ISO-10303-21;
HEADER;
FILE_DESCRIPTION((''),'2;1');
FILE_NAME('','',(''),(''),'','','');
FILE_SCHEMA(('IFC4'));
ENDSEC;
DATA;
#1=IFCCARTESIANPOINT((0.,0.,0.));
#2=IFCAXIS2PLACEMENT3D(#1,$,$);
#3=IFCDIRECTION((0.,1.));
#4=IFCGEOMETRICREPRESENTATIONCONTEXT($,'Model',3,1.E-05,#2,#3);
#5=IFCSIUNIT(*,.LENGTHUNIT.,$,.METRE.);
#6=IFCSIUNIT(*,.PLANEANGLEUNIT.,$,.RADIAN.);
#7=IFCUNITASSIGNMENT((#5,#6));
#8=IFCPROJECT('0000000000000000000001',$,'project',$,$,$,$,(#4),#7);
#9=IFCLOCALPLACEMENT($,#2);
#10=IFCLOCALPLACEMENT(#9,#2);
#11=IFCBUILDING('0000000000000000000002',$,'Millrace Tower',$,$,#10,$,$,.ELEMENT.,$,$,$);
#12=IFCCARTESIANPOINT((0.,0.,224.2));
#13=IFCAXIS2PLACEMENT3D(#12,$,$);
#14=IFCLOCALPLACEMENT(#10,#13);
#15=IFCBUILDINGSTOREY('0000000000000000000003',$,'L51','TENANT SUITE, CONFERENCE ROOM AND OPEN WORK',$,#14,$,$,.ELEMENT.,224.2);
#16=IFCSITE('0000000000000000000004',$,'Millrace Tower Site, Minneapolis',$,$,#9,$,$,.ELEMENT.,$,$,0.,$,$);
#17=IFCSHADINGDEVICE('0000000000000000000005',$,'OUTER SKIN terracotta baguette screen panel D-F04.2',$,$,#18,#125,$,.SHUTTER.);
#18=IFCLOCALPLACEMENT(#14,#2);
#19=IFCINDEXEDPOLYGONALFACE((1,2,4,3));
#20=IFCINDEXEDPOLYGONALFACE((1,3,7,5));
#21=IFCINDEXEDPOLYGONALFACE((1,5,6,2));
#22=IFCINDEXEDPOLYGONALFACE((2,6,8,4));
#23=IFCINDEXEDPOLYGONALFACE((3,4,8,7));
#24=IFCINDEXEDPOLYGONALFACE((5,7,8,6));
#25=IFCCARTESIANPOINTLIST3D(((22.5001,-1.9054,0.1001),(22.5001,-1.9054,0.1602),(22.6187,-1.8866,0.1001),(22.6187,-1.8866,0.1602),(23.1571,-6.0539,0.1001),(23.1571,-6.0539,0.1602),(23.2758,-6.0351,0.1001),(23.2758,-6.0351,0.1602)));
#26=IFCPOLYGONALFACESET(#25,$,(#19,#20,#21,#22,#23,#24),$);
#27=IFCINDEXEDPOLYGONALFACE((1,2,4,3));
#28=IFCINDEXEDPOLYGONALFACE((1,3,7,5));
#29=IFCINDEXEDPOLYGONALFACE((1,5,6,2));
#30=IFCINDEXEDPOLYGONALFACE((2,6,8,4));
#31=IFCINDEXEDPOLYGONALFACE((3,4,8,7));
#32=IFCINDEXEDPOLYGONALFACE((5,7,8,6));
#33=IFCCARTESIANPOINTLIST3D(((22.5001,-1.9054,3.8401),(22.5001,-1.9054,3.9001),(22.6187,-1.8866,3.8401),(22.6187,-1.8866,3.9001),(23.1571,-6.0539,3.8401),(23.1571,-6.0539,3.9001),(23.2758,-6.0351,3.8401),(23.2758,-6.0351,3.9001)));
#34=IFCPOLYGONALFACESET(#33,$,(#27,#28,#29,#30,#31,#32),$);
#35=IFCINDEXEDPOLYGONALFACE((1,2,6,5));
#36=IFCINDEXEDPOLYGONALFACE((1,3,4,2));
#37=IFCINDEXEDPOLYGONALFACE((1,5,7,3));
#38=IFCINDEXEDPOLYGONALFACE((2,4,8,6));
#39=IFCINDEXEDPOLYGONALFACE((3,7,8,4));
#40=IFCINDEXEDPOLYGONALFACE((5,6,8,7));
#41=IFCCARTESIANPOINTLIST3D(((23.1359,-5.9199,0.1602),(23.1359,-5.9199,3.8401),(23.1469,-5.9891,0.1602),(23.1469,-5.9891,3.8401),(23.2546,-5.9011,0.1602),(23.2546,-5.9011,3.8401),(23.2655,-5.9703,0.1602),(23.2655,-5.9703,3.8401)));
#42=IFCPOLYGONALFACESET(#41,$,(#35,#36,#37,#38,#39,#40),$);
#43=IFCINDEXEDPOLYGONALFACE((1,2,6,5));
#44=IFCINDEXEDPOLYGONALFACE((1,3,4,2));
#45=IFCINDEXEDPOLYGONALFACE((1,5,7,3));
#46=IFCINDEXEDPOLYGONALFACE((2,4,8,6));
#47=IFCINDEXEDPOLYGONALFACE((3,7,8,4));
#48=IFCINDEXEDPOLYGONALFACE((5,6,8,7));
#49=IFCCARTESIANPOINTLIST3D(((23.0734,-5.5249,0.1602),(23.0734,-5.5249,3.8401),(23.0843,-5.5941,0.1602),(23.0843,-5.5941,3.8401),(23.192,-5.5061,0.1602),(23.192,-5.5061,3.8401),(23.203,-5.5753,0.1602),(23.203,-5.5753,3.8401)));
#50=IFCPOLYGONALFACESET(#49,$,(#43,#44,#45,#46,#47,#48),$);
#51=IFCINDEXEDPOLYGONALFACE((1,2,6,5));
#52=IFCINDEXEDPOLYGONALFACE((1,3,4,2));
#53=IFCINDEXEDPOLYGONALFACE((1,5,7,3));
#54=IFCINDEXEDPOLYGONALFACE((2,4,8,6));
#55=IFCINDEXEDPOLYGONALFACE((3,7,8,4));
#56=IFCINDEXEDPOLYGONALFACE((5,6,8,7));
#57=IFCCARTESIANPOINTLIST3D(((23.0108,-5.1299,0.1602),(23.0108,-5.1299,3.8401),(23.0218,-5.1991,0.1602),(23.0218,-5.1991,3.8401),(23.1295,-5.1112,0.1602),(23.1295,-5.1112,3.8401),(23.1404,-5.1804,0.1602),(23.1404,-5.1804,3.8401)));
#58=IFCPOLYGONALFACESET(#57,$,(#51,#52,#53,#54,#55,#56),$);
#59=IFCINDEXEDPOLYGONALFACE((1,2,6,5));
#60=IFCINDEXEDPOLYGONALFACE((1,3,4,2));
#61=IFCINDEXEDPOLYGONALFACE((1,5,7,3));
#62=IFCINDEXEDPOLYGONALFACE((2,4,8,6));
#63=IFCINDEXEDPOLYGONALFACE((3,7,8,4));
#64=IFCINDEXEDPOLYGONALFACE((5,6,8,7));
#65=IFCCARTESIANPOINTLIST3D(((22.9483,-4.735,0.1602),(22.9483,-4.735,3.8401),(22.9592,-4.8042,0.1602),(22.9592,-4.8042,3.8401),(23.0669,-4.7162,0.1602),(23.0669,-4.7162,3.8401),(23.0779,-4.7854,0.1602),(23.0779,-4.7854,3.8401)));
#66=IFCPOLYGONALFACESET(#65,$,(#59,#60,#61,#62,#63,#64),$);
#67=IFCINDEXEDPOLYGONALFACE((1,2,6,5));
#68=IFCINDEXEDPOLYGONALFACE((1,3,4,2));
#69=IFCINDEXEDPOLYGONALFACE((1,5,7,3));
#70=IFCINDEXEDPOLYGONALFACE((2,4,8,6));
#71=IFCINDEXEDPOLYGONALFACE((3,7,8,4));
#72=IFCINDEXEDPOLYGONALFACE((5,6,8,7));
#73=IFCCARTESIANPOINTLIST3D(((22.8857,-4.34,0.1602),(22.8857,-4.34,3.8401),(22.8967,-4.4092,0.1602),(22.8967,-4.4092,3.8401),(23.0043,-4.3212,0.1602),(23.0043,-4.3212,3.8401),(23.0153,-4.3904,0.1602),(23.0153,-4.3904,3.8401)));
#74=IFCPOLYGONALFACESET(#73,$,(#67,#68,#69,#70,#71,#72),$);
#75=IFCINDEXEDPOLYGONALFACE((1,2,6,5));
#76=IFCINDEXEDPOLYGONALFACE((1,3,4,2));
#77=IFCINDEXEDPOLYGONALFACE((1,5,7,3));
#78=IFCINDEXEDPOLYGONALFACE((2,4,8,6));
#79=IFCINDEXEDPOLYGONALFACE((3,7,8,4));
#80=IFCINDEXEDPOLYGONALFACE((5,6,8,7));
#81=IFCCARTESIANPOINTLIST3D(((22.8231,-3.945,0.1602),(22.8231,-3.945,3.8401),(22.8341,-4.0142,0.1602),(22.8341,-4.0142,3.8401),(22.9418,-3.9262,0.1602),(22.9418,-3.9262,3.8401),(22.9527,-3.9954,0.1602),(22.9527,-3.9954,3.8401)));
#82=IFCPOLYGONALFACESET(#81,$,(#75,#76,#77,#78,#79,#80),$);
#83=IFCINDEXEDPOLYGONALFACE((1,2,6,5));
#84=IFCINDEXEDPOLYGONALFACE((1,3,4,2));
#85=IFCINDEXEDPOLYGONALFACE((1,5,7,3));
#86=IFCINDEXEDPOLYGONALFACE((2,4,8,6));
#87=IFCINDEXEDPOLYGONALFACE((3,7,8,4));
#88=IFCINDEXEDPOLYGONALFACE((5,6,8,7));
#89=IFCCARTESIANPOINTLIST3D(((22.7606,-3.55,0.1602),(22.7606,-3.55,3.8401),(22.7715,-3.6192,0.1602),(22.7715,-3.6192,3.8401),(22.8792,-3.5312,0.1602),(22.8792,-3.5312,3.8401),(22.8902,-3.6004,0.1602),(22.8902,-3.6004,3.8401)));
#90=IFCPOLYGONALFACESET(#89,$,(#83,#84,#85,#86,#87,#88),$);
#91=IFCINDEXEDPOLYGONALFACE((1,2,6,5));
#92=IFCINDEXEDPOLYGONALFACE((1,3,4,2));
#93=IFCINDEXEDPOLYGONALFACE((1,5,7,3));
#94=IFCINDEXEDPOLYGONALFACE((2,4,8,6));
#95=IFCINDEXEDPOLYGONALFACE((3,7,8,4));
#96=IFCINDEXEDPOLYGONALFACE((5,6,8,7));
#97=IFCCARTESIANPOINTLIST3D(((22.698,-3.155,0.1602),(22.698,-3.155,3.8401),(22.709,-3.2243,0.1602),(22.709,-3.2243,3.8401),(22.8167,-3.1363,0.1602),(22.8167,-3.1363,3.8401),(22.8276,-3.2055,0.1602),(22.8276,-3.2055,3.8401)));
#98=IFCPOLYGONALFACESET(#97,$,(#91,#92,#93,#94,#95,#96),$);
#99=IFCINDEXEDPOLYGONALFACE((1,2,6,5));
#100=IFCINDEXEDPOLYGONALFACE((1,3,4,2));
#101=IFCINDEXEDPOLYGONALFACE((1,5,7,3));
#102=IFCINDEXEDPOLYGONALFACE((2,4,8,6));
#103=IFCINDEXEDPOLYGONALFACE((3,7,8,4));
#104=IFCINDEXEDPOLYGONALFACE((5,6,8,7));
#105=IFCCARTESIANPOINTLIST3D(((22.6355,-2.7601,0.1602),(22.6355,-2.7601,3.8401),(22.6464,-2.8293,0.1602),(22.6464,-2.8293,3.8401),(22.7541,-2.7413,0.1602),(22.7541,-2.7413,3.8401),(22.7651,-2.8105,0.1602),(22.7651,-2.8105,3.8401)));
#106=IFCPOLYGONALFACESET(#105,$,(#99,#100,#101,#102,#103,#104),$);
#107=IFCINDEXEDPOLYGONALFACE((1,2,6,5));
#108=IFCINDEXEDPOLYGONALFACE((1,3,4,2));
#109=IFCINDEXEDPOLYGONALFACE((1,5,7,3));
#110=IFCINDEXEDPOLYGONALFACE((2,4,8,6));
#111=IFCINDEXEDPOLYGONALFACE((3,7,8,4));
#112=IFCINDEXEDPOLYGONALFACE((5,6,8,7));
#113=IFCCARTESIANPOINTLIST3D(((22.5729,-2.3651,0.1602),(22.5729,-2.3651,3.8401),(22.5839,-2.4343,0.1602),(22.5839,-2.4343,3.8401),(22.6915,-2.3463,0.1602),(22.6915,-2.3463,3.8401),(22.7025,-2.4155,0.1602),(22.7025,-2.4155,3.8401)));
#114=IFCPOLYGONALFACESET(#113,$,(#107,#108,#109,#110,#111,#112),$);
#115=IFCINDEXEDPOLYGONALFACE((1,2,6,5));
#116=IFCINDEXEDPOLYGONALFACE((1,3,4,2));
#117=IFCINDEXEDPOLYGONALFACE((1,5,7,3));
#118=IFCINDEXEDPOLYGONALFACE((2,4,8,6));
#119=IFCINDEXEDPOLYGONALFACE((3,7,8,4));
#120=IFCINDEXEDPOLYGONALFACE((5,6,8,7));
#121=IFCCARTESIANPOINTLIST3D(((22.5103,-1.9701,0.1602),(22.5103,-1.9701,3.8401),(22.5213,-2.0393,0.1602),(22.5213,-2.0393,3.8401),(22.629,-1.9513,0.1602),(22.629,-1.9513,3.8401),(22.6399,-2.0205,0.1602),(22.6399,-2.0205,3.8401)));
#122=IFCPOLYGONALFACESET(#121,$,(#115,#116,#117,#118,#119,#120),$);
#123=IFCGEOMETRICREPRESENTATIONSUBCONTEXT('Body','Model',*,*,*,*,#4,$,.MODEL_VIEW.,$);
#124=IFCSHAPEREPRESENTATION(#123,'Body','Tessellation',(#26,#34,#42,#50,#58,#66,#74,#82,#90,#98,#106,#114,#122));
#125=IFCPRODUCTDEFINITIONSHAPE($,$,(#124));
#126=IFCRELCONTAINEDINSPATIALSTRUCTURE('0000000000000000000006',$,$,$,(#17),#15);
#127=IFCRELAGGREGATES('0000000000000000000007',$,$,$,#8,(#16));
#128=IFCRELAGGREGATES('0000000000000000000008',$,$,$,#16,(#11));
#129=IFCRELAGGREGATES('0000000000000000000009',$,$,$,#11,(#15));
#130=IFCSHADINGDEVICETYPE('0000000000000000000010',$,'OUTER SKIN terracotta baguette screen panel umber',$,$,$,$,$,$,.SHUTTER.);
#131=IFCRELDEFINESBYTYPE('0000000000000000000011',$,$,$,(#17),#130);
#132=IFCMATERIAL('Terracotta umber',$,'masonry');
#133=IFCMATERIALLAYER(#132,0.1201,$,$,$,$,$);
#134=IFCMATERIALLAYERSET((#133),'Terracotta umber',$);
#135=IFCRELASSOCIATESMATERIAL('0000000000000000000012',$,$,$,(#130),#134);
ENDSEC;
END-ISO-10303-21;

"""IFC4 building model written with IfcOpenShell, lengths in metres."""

from ifc_helpers import new_model, entity, si_unit, direction, frame, frame_2d, origin, origin_2d, place, context, subcontext, project, spatial, rectangle, extrude, source, transform, mapped, material, layer, layer_set, type_object, element, save


model = new_model("IFC4")

# Units and contexts
model_context = context("Model", 3, precision=1e-05, world=origin(), true_north=direction((0.0, 1.0)))
body_context = subcontext(model_context, "Body", "Model", "MODEL_VIEW")
ifc_project = project(units=[si_unit("LENGTHUNIT", "METRE"), si_unit("PLANEANGLEUNIT", "RADIAN")], contexts=[model_context])

# Site, building, storey
site_placement = place(None, origin())
site = spatial("IfcSite", under=ifc_project, at=site_placement, Name="Millrace Tower Site, Minneapolis", CompositionType="ELEMENT", RefElevation=0.0)
building_placement = place(site_placement, origin())
building = spatial("IfcBuilding", under=site, at=building_placement, Name="Millrace Tower", CompositionType="ELEMENT")
storey_placement = place(building_placement, frame((0.0, 0.0, 224.2)))
storey = spatial("IfcBuildingStorey", under=building, at=storey_placement, Name="L51", Description="TENANT SUITE, CONFERENCE ROOM AND OPEN WORK", CompositionType="ELEMENT", Elevation=224.2)

# Shading device
ifc_material_1 = material(Name="Terracotta umber", Category="masonry")
ifc_layer_1 = layer(ifc_material_1, 0.1201)
ifc_layer_set_1 = layer_set([ifc_layer_1], Name="Terracotta umber")
shading_device_type = type_object("IfcShadingDeviceType", Name="OUTER SKIN terracotta baguette screen panel umber", PredefinedType="SHUTTER", material=ifc_layer_set_1)
cartesian_point_1 = entity("IfcCartesianPoint", [-2.1001, 0.0601])
shared_polyline_1 = entity("IfcPolyline", [cartesian_point_1, entity("IfcCartesianPoint", [2.1001, 0.0601]), entity("IfcCartesianPoint", [2.1001, -0.0601]), entity("IfcCartesianPoint", [-2.1001, -0.0601]), cartesian_point_1])
shared_shape_1 = source(origin(), body_context, "Body", "SweptSolid", [
    entity("IfcExtrudedAreaSolid", entity("IfcArbitraryClosedProfileDef", "AREA", None, shared_polyline_1), entity("IfcAxis2Placement3D", entity("IfcCartesianPoint", [0.0, 0.0, 0.0])), entity("IfcDirection", [0.0, 0.0, 1.0]), 0.0601),
    entity("IfcExtrudedAreaSolid", entity("IfcArbitraryClosedProfileDef", "AREA", None, shared_polyline_1), entity("IfcAxis2Placement3D", entity("IfcCartesianPoint", [0.0, 0.0, 3.74])), entity("IfcDirection", [0.0, 0.0, 1.0]), 0.0601),
    extrude(rectangle(XDim=0.0701, YDim=0.1201, at=frame_2d((-1.9995, 0.0))), frame((0.0, 0.0, 0.0601)), (0.0, 0.0, 1.0), 3.6799),
    extrude(rectangle(XDim=0.0701, YDim=0.1201, at=frame_2d((-1.5996, 0.0))), frame((0.0, 0.0, 0.0601)), (0.0, 0.0, 1.0), 3.6799),
    extrude(rectangle(XDim=0.0701, YDim=0.1201, at=frame_2d((-1.1997, 0.0))), frame((0.0, 0.0, 0.0601)), (0.0, 0.0, 1.0), 3.6799),
    extrude(rectangle(XDim=0.0701, YDim=0.1201, at=frame_2d((-0.7998, 0.0))), frame((0.0, 0.0, 0.0601)), (0.0, 0.0, 1.0), 3.6799),
    extrude(rectangle(XDim=0.0701, YDim=0.1201, at=frame_2d((-0.3999, 0.0))), frame((0.0, 0.0, 0.0601)), (0.0, 0.0, 1.0), 3.6799),
    extrude(rectangle(XDim=0.0701, YDim=0.1201, at=origin_2d()), frame((0.0, 0.0, 0.0601)), (0.0, 0.0, 1.0), 3.6799),
    extrude(rectangle(XDim=0.0701, YDim=0.1201, at=frame_2d((0.3999, 0.0))), frame((0.0, 0.0, 0.0601)), (0.0, 0.0, 1.0), 3.6799),
    extrude(rectangle(XDim=0.0701, YDim=0.1201, at=frame_2d((0.7998, 0.0))), frame((0.0, 0.0, 0.0601)), (0.0, 0.0, 1.0), 3.6799),
    extrude(rectangle(XDim=0.0701, YDim=0.1201, at=frame_2d((1.1997, 0.0))), frame((0.0, 0.0, 0.0601)), (0.0, 0.0, 1.0), 3.6799),
    extrude(rectangle(XDim=0.0701, YDim=0.1201, at=frame_2d((1.5996, 0.0))), frame((0.0, 0.0, 0.0601)), (0.0, 0.0, 1.0), 3.6799),
    extrude(rectangle(XDim=0.0701, YDim=0.1201, at=frame_2d((1.9995, 0.0))), frame((0.0, 0.0, 0.0601)), (0.0, 0.0, 1.0), 3.6799),
])
shading_device_1_placement = place(storey_placement, frame((22.8879, -3.9702, 0.1001), z_axis=(0.0, 0.0, 1.0), x_axis=(-0.156434, 0.987688, 0.0)))
element("IfcShadingDevice", 1, at=shading_device_1_placement, inside=storey, type_object=shading_device_type, Name="OUTER SKIN terracotta baguette screen panel D-F04.2", PredefinedType="SHUTTER", context=body_context, shape_type="MappedRepresentation", body=[
    mapped(shared_shape_1, transform((0.0, 0.0, 0.0), scale=1.0)),
])

save(model, "model.ifc")
